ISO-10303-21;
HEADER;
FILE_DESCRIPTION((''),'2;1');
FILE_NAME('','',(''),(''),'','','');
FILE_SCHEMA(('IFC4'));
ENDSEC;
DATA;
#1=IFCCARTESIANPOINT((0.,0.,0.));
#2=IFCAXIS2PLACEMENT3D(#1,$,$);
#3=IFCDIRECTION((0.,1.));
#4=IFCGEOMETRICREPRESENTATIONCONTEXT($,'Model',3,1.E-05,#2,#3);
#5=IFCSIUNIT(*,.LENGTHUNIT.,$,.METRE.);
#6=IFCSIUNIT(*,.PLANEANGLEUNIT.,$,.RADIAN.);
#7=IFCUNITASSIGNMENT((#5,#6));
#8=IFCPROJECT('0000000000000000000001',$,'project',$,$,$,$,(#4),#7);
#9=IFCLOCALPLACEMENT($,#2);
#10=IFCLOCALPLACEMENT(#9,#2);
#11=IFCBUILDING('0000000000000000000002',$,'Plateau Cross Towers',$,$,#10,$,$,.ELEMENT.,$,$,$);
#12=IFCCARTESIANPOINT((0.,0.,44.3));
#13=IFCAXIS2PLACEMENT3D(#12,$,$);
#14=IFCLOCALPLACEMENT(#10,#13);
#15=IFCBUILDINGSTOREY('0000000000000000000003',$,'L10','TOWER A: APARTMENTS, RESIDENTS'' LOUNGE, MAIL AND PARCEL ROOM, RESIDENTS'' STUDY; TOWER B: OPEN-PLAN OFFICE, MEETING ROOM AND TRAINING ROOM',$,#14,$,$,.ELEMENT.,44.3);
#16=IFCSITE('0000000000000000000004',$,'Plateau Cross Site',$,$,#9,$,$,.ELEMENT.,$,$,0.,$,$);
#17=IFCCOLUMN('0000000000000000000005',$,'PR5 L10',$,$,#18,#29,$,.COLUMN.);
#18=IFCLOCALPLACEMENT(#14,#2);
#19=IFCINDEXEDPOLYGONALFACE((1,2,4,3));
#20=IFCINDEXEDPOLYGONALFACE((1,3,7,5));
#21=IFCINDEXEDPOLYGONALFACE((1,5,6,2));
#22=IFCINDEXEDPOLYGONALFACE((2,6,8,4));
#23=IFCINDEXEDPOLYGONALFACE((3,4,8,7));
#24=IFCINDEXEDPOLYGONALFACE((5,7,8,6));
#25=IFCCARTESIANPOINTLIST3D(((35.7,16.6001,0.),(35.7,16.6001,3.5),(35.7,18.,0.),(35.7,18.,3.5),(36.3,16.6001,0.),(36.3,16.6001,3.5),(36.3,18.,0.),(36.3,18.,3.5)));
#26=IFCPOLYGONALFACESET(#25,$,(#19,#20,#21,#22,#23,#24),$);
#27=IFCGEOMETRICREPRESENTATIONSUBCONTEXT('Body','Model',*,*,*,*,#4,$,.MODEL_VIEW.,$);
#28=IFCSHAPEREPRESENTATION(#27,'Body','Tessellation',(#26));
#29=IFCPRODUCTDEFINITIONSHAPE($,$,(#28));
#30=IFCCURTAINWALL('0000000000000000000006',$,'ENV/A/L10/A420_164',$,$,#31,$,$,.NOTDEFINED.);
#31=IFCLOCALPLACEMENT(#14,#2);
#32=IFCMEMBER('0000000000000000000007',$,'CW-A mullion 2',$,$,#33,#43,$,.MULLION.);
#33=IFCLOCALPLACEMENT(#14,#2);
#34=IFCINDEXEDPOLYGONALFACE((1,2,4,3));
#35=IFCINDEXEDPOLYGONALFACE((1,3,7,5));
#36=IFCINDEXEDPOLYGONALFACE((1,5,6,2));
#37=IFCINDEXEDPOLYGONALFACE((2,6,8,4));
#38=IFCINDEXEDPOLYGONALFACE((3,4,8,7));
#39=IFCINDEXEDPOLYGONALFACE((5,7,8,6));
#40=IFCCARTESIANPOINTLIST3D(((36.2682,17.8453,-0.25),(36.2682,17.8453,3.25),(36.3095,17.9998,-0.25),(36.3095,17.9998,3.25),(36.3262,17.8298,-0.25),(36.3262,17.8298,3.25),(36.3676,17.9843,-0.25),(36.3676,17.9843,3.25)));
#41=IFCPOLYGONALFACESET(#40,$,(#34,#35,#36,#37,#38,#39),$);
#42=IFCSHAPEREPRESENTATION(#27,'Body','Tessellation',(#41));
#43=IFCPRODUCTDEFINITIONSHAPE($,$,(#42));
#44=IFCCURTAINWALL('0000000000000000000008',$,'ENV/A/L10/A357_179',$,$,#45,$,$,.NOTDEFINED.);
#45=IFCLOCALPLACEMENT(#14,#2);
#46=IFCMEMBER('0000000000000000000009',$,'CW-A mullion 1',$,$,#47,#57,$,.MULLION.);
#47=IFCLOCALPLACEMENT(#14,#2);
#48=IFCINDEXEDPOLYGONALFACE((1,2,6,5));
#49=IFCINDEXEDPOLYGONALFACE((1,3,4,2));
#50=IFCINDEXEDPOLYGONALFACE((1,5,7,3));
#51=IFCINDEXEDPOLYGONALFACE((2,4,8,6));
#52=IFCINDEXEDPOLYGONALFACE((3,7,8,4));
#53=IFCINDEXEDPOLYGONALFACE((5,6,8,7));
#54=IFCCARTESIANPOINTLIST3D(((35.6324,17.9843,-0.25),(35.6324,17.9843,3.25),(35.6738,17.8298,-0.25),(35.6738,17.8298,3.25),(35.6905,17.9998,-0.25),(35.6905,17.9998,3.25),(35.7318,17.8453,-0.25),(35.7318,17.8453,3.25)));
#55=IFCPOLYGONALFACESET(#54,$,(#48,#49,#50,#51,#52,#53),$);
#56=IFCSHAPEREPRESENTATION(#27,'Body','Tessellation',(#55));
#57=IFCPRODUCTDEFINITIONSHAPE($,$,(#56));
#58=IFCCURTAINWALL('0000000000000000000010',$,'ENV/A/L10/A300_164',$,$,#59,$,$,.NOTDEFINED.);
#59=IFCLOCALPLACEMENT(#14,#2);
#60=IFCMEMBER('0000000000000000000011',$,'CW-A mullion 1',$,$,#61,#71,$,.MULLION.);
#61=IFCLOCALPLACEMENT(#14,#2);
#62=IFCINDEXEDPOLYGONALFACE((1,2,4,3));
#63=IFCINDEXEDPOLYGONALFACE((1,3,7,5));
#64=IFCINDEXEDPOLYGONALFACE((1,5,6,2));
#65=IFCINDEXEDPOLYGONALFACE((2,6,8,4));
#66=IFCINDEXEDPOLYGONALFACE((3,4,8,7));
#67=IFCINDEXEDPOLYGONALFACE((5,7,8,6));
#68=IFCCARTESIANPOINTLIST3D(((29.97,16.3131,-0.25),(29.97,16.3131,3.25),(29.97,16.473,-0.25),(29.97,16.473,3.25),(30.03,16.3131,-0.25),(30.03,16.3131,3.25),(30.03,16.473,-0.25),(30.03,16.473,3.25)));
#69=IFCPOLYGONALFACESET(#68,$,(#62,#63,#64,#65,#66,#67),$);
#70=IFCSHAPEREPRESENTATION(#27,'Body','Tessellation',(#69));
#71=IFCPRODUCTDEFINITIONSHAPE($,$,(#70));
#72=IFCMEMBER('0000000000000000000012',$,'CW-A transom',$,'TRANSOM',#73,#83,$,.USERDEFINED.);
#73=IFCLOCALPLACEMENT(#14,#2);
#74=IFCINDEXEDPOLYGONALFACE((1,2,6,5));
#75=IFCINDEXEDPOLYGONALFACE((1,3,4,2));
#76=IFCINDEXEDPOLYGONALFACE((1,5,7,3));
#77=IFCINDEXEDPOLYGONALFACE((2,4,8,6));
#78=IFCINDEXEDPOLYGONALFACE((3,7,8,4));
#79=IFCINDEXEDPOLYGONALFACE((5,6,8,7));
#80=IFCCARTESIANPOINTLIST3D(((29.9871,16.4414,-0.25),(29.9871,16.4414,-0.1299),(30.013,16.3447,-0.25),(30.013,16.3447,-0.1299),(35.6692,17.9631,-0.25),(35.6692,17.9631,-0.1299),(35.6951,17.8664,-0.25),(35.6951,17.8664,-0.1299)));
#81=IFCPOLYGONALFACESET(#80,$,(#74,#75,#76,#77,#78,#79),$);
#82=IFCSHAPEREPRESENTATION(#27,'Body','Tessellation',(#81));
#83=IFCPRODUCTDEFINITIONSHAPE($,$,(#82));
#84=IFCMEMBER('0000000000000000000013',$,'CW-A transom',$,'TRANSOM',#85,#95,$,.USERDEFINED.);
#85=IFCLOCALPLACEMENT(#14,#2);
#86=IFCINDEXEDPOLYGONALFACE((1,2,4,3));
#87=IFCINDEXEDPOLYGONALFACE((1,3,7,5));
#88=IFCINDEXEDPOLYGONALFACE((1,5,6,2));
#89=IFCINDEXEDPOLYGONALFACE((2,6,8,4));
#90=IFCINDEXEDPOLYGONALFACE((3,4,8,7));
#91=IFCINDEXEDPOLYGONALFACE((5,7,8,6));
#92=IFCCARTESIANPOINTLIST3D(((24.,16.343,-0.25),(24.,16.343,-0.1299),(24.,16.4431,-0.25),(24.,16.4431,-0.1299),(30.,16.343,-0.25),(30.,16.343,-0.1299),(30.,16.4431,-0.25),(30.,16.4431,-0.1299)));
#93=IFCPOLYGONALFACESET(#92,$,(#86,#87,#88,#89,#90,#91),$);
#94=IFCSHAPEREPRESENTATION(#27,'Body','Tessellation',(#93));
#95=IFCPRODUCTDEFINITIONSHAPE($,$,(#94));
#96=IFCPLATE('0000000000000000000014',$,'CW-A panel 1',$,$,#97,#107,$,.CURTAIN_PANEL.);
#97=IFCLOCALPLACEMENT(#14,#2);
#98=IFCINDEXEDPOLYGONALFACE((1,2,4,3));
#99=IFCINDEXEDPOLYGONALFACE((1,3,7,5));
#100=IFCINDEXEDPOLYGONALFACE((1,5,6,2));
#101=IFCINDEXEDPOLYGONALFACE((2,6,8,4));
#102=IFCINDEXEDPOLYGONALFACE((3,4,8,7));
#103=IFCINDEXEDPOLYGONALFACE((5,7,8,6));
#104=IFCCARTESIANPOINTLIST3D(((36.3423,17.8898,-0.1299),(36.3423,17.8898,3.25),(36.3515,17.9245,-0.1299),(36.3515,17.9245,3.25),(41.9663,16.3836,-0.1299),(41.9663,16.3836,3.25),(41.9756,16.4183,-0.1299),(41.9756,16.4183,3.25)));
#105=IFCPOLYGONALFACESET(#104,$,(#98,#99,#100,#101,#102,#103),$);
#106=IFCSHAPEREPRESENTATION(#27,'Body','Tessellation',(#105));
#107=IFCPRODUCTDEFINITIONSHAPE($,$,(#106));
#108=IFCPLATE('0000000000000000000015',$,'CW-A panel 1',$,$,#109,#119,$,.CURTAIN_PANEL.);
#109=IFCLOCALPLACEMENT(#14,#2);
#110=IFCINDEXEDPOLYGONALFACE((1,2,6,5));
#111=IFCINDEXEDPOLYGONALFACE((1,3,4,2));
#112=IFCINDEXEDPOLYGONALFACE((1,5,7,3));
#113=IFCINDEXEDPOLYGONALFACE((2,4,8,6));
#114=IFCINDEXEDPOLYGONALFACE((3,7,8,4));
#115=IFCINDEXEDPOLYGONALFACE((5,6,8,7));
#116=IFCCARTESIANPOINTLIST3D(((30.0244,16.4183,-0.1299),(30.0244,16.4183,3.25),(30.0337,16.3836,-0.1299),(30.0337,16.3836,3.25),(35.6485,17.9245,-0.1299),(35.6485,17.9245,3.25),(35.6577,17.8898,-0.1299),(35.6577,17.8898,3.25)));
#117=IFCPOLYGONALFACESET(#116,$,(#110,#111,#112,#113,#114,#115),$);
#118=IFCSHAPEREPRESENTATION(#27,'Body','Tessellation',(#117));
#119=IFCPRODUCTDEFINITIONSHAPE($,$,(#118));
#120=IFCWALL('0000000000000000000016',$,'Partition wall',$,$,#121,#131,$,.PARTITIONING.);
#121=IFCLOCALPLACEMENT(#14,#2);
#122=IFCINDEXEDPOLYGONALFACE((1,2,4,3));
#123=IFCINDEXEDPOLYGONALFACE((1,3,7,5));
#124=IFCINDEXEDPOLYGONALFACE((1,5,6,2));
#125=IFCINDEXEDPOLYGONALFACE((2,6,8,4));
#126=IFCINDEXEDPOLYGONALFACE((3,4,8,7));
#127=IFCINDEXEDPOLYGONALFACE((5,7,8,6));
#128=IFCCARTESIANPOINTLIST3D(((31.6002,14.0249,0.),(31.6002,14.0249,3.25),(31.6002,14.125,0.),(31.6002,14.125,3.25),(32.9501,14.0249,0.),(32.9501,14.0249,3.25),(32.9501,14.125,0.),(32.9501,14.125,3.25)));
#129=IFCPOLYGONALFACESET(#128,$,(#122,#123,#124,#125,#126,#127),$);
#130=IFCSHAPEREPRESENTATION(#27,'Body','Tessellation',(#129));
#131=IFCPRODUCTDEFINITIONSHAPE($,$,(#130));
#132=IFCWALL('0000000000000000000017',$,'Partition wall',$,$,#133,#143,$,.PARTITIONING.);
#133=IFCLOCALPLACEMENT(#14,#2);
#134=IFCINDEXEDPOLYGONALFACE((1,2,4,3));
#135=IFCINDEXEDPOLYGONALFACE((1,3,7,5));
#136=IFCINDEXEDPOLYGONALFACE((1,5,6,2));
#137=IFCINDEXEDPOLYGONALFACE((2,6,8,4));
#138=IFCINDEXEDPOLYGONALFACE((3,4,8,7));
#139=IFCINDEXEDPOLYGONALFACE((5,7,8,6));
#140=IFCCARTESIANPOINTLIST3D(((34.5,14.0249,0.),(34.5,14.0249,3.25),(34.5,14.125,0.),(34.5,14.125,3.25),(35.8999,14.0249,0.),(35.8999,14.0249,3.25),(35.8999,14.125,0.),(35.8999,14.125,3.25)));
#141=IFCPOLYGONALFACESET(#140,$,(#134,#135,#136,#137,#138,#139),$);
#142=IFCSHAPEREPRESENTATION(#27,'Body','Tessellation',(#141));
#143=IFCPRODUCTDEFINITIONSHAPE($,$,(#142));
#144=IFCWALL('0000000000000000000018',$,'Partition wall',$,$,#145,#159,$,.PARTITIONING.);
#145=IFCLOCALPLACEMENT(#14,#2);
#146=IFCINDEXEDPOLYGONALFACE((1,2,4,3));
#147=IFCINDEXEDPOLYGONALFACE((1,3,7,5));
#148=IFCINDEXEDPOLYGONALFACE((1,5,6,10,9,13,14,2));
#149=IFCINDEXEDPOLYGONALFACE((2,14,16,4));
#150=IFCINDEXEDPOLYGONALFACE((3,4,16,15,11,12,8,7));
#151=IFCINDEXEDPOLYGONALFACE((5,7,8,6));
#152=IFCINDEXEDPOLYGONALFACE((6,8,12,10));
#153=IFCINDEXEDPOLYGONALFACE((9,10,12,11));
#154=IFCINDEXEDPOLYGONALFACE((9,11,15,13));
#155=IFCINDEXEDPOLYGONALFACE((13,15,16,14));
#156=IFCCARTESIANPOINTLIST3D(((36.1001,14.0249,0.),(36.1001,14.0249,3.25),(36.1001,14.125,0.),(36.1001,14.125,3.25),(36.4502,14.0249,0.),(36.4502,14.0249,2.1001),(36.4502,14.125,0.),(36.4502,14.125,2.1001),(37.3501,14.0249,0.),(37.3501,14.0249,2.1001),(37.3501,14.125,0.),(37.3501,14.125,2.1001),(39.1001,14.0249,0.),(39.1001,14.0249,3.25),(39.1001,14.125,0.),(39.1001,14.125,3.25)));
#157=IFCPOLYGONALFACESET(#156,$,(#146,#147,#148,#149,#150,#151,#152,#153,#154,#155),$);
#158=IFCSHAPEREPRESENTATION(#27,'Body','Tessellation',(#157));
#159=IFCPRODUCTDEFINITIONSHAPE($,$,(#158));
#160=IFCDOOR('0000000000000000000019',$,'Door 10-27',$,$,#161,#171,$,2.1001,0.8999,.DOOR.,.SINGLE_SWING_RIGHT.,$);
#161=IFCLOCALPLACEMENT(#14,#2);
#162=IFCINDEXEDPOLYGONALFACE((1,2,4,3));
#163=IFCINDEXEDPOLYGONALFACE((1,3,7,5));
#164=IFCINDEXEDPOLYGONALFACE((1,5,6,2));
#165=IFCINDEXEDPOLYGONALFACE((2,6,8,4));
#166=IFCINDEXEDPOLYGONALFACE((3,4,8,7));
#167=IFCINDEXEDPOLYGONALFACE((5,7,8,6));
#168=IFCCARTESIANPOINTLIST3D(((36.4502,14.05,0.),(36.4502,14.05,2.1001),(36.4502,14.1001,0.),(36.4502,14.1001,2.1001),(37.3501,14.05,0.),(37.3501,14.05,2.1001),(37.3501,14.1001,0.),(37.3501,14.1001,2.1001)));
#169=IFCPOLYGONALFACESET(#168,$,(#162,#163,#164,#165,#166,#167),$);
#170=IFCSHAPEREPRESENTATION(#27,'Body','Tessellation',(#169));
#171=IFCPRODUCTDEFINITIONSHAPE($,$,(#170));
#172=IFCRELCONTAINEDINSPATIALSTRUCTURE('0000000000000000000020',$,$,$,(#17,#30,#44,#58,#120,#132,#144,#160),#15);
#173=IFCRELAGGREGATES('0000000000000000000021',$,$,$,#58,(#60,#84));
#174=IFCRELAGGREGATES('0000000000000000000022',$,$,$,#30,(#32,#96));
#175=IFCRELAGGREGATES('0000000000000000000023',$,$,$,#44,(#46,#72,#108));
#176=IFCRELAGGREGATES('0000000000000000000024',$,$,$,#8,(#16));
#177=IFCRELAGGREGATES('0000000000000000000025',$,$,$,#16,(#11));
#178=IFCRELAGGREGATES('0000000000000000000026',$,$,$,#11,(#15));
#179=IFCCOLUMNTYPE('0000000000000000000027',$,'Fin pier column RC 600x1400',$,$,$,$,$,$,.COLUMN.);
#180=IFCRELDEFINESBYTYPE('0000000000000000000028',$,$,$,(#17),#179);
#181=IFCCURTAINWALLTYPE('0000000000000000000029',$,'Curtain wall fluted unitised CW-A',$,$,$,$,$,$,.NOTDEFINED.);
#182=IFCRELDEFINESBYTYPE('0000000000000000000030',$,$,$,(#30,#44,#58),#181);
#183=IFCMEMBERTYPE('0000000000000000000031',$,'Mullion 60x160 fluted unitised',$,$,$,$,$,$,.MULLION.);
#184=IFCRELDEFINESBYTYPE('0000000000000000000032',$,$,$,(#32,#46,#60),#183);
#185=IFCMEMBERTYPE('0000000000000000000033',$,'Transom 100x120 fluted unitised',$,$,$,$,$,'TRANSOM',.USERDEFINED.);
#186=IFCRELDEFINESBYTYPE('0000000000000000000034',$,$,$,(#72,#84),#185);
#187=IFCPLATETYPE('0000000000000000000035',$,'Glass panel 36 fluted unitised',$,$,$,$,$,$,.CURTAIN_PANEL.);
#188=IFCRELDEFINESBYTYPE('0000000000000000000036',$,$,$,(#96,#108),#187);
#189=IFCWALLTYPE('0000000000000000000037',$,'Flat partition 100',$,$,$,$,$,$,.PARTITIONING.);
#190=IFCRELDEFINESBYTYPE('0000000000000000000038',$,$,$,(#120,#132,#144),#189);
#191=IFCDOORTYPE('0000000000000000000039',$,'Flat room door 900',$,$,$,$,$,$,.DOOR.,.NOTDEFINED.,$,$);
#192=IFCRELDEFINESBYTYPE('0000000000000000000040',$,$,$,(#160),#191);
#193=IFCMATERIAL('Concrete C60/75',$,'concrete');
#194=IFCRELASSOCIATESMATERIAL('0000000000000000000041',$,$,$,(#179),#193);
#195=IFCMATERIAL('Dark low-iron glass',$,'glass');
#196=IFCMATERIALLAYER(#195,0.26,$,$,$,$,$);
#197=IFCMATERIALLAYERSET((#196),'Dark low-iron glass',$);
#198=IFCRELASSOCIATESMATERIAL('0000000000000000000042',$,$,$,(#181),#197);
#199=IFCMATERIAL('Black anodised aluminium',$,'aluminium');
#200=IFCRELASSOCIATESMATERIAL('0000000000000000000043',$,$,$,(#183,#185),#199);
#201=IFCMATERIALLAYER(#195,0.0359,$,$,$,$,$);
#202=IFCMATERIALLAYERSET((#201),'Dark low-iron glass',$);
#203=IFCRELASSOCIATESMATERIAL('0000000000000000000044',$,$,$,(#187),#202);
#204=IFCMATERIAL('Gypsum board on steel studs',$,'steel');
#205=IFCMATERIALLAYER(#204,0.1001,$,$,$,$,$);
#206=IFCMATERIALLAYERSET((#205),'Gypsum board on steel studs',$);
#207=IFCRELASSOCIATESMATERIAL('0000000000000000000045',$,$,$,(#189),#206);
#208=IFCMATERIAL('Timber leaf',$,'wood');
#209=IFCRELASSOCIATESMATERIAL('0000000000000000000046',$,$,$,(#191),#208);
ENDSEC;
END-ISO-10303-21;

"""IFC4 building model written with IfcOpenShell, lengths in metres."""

from ifc_helpers import new_model, si_unit, direction, frame, frame_2d, origin, origin_2d, place, context, subcontext, project, spatial, rectangle, extrude, material, layer, layer_set, material_profile, profile_set, type_object, element, fill, aggregate, save


model = new_model("IFC4")

# Units and contexts
model_context = context("Model", 3, precision=1e-05, world=origin(), true_north=direction((0.0, 1.0)))
body_context = subcontext(model_context, "Body", "Model", "MODEL_VIEW")
ifc_project = project(units=[si_unit("LENGTHUNIT", "METRE"), si_unit("PLANEANGLEUNIT", "RADIAN")], contexts=[model_context])

# Site, building, storey
site_placement = place(None, origin())
site = spatial("IfcSite", under=ifc_project, at=site_placement, Name="Plateau Cross Site", CompositionType="ELEMENT", RefElevation=0.0)
building_placement = place(site_placement, origin())
building = spatial("IfcBuilding", under=site, at=building_placement, Name="Plateau Cross Towers", CompositionType="ELEMENT")
storey_placement = place(building_placement, frame((0.0, 0.0, 44.3)))
storey = spatial("IfcBuildingStorey", under=building, at=storey_placement, Name="L10", Description="TOWER A: APARTMENTS, RESIDENTS' LOUNGE, MAIL AND PARCEL ROOM, RESIDENTS' STUDY; TOWER B: OPEN-PLAN OFFICE, MEETING ROOM AND TRAINING ROOM", CompositionType="ELEMENT", Elevation=44.3)

# Column
ifc_material_1 = material(Name="Concrete C60/75", Category="concrete")
ifc_material_profile_1 = material_profile(ifc_material_1, rectangle(XDim=0.6001, YDim=1.3999, at=origin_2d()), Name="RC 600x1400")
ifc_profile_set_1 = profile_set([ifc_material_profile_1], Name="Concrete C60/75")
column_type = type_object("IfcColumnType", Name="Fin pier column RC 600x1400", PredefinedType="COLUMN", material=ifc_profile_set_1)
column_placement = place(storey_placement, frame((36.0, 17.3, 0.0), z_axis=(0.0, 0.0, 1.0), x_axis=(1.0, 0.0, 0.0)))
element("IfcColumn", 1, at=column_placement, inside=storey, type_object=column_type, Name="PR5 L10", PredefinedType="COLUMN", context=body_context, shape_type="SweptSolid", body=[
    extrude(rectangle(XDim=0.6001, YDim=1.3999, at=origin_2d()), origin(), (0.0, 0.0, 1.0), 3.5),
])

# Curtain walls, members
ifc_material_2 = material(Name="Dark low-iron glass", Category="glass")
ifc_layer_1 = layer(ifc_material_2, 0.26)
ifc_layer_set_1 = layer_set([ifc_layer_1], Name="Dark low-iron glass")
curtain_wall_type = type_object("IfcCurtainWallType", Name="Curtain wall fluted unitised CW-A", PredefinedType="NOTDEFINED", material=ifc_layer_set_1)
curtain_wall_1_placement = place(storey_placement, origin())
curtain_wall_1 = element("IfcCurtainWall", 2, at=curtain_wall_1_placement, inside=storey, type_object=curtain_wall_type, Name="ENV/A/L10/A420_164", PredefinedType="NOTDEFINED")
ifc_material_3 = material(Name="Black anodised aluminium", Category="aluminium")
ifc_material_profile_2 = material_profile(ifc_material_3, rectangle(XDim=0.0601, YDim=0.1599, at=origin_2d()), Name="MULLION 60x160")
ifc_profile_set_2 = profile_set([ifc_material_profile_2], Name="Black anodised aluminium")
member_type_1 = type_object("IfcMemberType", Name="Mullion 60x160 fluted unitised", PredefinedType="MULLION", material=ifc_profile_set_2)
member_1_placement = place(storey_placement, frame((36.3179, 17.9148, -0.25), z_axis=(0.0, 0.0, 1.0), x_axis=(-0.965958, 0.258699, 0.0)))
member_1 = element("IfcMember", 3, at=member_1_placement, type_object=member_type_1, Name="CW-A mullion 2", PredefinedType="MULLION", context=body_context, shape_type="SweptSolid", body=[
    extrude(rectangle(XDim=0.0601, YDim=0.1599, at=origin_2d()), origin(), (0.0, 0.0, 1.0), 3.5),
])
curtain_wall_2_placement = place(storey_placement, origin())
curtain_wall_2 = element("IfcCurtainWall", 4, at=curtain_wall_2_placement, inside=storey, type_object=curtain_wall_type, Name="ENV/A/L10/A357_179", PredefinedType="NOTDEFINED")
member_2_placement = place(storey_placement, frame((35.6821, 17.9148, -0.25), z_axis=(0.0, 0.0, 1.0), x_axis=(-0.965958, -0.258699, 0.0)))
member_2 = element("IfcMember", 5, at=member_2_placement, type_object=member_type_1, Name="CW-A mullion 1", PredefinedType="MULLION", context=body_context, shape_type="SweptSolid", body=[
    extrude(rectangle(XDim=0.0601, YDim=0.1599, at=origin_2d()), origin(), (0.0, 0.0, 1.0), 3.5),
])
curtain_wall_3_placement = place(storey_placement, origin())
curtain_wall_3 = element("IfcCurtainWall", 6, at=curtain_wall_3_placement, inside=storey, type_object=curtain_wall_type, Name="ENV/A/L10/A300_164", PredefinedType="NOTDEFINED")
member_3_placement = place(storey_placement, frame((30.0, 16.3931, -0.25), z_axis=(0.0, 0.0, 1.0), x_axis=(-1.0, 0.0, 0.0)))
member_3 = element("IfcMember", 7, at=member_3_placement, type_object=member_type_1, Name="CW-A mullion 1", PredefinedType="MULLION", context=body_context, shape_type="SweptSolid", body=[
    extrude(rectangle(XDim=0.0601, YDim=0.1599, at=origin_2d()), origin(), (0.0, 0.0, 1.0), 3.5),
])

# Members
ifc_material_profile_3 = material_profile(ifc_material_3, rectangle(XDim=0.1001, YDim=0.1201, at=origin_2d()), Name="TRANSOM 100x120")
ifc_profile_set_3 = profile_set([ifc_material_profile_3], Name="Black anodised aluminium")
member_type_2 = type_object("IfcMemberType", Name="Transom 100x120 fluted unitised", ElementType="TRANSOM", PredefinedType="USERDEFINED", material=ifc_profile_set_3)
member_4_placement = place(storey_placement, frame((35.6821, 17.9148, -0.1899), z_axis=(-0.96596, -0.258693, 0.0), x_axis=(0.258693, -0.96596, 0.0)))
member_4 = element("IfcMember", 8, at=member_4_placement, type_object=member_type_2, Name="CW-A transom", ObjectType="TRANSOM", PredefinedType="USERDEFINED", context=body_context, shape_type="SweptSolid", body=[
    extrude(rectangle(XDim=0.1001, YDim=0.1201, at=origin_2d()), origin(), (0.0, 0.0, 1.0), 5.8823),
])
member_5_placement = place(storey_placement, frame((30.0, 16.3931, -0.1899), z_axis=(-1.0, 0.0, 0.0), x_axis=(0.0, -1.0, 0.0)))
member_5 = element("IfcMember", 9, at=member_5_placement, type_object=member_type_2, Name="CW-A transom", ObjectType="TRANSOM", PredefinedType="USERDEFINED", context=body_context, shape_type="SweptSolid", body=[
    extrude(rectangle(XDim=0.1001, YDim=0.1201, at=origin_2d()), origin(), (0.0, 0.0, 1.0), 6.0),
])
aggregate(curtain_wall_3, [member_3, member_5])

# Plates
ifc_layer_2 = layer(ifc_material_2, 0.0359)
ifc_layer_set_2 = layer_set([ifc_layer_2], Name="Dark low-iron glass")
plate_type = type_object("IfcPlateType", Name="Glass panel 36 fluted unitised", PredefinedType="CURTAIN_PANEL", material=ifc_layer_set_2)
plate_1_placement = place(storey_placement, frame((39.1589, 17.1541, -0.1299), z_axis=(0.0, 0.0, 1.0), x_axis=(-0.965958, 0.258699, 0.0)))
plate_1 = element("IfcPlate", 10, at=plate_1_placement, type_object=plate_type, Name="CW-A panel 1", PredefinedType="CURTAIN_PANEL", context=body_context, shape_type="SweptSolid", body=[
    extrude(rectangle(XDim=5.8223, YDim=0.0359, at=origin_2d()), origin(), (0.0, 0.0, 1.0), 3.3799),
])
aggregate(curtain_wall_1, [member_1, plate_1])
plate_2_placement = place(storey_placement, frame((32.8411, 17.1541, -0.1299), z_axis=(0.0, 0.0, 1.0), x_axis=(-0.965958, -0.258699, 0.0)))
plate_2 = element("IfcPlate", 11, at=plate_2_placement, type_object=plate_type, Name="CW-A panel 1", PredefinedType="CURTAIN_PANEL", context=body_context, shape_type="SweptSolid", body=[
    extrude(rectangle(XDim=5.8223, YDim=0.0359, at=origin_2d()), origin(), (0.0, 0.0, 1.0), 3.3799),
])
aggregate(curtain_wall_2, [member_2, member_4, plate_2])

# Walls
ifc_material_4 = material(Name="Gypsum board on steel studs", Category="steel")
ifc_layer_3 = layer(ifc_material_4, 0.1001)
ifc_layer_set_3 = layer_set([ifc_layer_3], Name="Gypsum board on steel studs")
wall_type_1 = type_object("IfcWallType", Name="Flat partition 100", PredefinedType="PARTITIONING", material=ifc_layer_set_3)
wall_1_placement = place(storey_placement, frame((32.95, 14.075, 0.0), z_axis=(0.0, 0.0, 1.0), x_axis=(-1.0, 0.0, 0.0)))
element("IfcWall", 12, at=wall_1_placement, inside=storey, type_object=wall_type_1, Name="Partition wall", PredefinedType="PARTITIONING", context=body_context, shape_type="SweptSolid", body=[
    extrude(rectangle(XDim=1.3499, YDim=0.1001, at=frame_2d((0.6748, 0.0))), origin(), (0.0, 0.0, 1.0), 3.25),
])
wall_2_placement = place(storey_placement, frame((35.8999, 14.075, 0.0), z_axis=(0.0, 0.0, 1.0), x_axis=(-1.0, 0.0, 0.0)))
element("IfcWall", 13, at=wall_2_placement, inside=storey, type_object=wall_type_1, Name="Partition wall", PredefinedType="PARTITIONING", context=body_context, shape_type="SweptSolid", body=[
    extrude(rectangle(XDim=1.3999, YDim=0.1001, at=frame_2d((0.7, 0.0))), origin(), (0.0, 0.0, 1.0), 3.25),
])

# Wall, opening, door
wall_3_placement = place(storey_placement, frame((39.1001, 14.075, 0.0), z_axis=(0.0, 0.0, 1.0), x_axis=(-1.0, 0.0, 0.0)))
wall_3 = element("IfcWall", 14, at=wall_3_placement, inside=storey, type_object=wall_type_1, Name="Partition wall", PredefinedType="PARTITIONING", context=body_context, shape_type="SweptSolid", body=[
    extrude(rectangle(XDim=3.0, YDim=0.1001, at=frame_2d((1.5, 0.0))), origin(), (0.0, 0.0, 1.0), 3.25),
])
opening_1_placement = place(wall_3_placement, frame((1.75, 0.0, 0.0)))
opening_1 = element("IfcOpeningElement", 15, at=opening_1_placement, cuts=wall_3, PredefinedType="OPENING", context=body_context, shape_type="SweptSolid", body=[
    extrude(rectangle(XDim=0.8999, YDim=2.1001, at=frame_2d((0.45, 1.05))), frame((0.0, 0.0601, 0.0), z_axis=(0.0, -1.0, 0.0), x_axis=(1.0, 0.0, 0.0)), (0.0, 0.0, 1.0), 0.1201),
])
ifc_material_5 = material(Name="Timber leaf", Category="wood")
door_type = type_object("IfcDoorType", Name="Flat room door 900", OperationType="NOTDEFINED", PredefinedType="DOOR", material=ifc_material_5)
door_1_placement = place(opening_1_placement, origin())
door_1 = element("IfcDoor", 16, at=door_1_placement, inside=storey, type_object=door_type, Name="Door 10-27", OperationType="SINGLE_SWING_RIGHT", OverallHeight=2.1001, OverallWidth=0.8999, PredefinedType="DOOR", context=body_context, shape_type="SweptSolid", body=[
    extrude(rectangle(XDim=0.8999, YDim=2.1001, at=frame_2d((0.45, 1.05))), frame((0.0, 0.0249, 0.0), z_axis=(0.0, -1.0, 0.0), x_axis=(1.0, 0.0, 0.0)), (0.0, 0.0, 1.0), 0.05),
])
fill(opening_1, door_1)

save(model, "model.ifc")
